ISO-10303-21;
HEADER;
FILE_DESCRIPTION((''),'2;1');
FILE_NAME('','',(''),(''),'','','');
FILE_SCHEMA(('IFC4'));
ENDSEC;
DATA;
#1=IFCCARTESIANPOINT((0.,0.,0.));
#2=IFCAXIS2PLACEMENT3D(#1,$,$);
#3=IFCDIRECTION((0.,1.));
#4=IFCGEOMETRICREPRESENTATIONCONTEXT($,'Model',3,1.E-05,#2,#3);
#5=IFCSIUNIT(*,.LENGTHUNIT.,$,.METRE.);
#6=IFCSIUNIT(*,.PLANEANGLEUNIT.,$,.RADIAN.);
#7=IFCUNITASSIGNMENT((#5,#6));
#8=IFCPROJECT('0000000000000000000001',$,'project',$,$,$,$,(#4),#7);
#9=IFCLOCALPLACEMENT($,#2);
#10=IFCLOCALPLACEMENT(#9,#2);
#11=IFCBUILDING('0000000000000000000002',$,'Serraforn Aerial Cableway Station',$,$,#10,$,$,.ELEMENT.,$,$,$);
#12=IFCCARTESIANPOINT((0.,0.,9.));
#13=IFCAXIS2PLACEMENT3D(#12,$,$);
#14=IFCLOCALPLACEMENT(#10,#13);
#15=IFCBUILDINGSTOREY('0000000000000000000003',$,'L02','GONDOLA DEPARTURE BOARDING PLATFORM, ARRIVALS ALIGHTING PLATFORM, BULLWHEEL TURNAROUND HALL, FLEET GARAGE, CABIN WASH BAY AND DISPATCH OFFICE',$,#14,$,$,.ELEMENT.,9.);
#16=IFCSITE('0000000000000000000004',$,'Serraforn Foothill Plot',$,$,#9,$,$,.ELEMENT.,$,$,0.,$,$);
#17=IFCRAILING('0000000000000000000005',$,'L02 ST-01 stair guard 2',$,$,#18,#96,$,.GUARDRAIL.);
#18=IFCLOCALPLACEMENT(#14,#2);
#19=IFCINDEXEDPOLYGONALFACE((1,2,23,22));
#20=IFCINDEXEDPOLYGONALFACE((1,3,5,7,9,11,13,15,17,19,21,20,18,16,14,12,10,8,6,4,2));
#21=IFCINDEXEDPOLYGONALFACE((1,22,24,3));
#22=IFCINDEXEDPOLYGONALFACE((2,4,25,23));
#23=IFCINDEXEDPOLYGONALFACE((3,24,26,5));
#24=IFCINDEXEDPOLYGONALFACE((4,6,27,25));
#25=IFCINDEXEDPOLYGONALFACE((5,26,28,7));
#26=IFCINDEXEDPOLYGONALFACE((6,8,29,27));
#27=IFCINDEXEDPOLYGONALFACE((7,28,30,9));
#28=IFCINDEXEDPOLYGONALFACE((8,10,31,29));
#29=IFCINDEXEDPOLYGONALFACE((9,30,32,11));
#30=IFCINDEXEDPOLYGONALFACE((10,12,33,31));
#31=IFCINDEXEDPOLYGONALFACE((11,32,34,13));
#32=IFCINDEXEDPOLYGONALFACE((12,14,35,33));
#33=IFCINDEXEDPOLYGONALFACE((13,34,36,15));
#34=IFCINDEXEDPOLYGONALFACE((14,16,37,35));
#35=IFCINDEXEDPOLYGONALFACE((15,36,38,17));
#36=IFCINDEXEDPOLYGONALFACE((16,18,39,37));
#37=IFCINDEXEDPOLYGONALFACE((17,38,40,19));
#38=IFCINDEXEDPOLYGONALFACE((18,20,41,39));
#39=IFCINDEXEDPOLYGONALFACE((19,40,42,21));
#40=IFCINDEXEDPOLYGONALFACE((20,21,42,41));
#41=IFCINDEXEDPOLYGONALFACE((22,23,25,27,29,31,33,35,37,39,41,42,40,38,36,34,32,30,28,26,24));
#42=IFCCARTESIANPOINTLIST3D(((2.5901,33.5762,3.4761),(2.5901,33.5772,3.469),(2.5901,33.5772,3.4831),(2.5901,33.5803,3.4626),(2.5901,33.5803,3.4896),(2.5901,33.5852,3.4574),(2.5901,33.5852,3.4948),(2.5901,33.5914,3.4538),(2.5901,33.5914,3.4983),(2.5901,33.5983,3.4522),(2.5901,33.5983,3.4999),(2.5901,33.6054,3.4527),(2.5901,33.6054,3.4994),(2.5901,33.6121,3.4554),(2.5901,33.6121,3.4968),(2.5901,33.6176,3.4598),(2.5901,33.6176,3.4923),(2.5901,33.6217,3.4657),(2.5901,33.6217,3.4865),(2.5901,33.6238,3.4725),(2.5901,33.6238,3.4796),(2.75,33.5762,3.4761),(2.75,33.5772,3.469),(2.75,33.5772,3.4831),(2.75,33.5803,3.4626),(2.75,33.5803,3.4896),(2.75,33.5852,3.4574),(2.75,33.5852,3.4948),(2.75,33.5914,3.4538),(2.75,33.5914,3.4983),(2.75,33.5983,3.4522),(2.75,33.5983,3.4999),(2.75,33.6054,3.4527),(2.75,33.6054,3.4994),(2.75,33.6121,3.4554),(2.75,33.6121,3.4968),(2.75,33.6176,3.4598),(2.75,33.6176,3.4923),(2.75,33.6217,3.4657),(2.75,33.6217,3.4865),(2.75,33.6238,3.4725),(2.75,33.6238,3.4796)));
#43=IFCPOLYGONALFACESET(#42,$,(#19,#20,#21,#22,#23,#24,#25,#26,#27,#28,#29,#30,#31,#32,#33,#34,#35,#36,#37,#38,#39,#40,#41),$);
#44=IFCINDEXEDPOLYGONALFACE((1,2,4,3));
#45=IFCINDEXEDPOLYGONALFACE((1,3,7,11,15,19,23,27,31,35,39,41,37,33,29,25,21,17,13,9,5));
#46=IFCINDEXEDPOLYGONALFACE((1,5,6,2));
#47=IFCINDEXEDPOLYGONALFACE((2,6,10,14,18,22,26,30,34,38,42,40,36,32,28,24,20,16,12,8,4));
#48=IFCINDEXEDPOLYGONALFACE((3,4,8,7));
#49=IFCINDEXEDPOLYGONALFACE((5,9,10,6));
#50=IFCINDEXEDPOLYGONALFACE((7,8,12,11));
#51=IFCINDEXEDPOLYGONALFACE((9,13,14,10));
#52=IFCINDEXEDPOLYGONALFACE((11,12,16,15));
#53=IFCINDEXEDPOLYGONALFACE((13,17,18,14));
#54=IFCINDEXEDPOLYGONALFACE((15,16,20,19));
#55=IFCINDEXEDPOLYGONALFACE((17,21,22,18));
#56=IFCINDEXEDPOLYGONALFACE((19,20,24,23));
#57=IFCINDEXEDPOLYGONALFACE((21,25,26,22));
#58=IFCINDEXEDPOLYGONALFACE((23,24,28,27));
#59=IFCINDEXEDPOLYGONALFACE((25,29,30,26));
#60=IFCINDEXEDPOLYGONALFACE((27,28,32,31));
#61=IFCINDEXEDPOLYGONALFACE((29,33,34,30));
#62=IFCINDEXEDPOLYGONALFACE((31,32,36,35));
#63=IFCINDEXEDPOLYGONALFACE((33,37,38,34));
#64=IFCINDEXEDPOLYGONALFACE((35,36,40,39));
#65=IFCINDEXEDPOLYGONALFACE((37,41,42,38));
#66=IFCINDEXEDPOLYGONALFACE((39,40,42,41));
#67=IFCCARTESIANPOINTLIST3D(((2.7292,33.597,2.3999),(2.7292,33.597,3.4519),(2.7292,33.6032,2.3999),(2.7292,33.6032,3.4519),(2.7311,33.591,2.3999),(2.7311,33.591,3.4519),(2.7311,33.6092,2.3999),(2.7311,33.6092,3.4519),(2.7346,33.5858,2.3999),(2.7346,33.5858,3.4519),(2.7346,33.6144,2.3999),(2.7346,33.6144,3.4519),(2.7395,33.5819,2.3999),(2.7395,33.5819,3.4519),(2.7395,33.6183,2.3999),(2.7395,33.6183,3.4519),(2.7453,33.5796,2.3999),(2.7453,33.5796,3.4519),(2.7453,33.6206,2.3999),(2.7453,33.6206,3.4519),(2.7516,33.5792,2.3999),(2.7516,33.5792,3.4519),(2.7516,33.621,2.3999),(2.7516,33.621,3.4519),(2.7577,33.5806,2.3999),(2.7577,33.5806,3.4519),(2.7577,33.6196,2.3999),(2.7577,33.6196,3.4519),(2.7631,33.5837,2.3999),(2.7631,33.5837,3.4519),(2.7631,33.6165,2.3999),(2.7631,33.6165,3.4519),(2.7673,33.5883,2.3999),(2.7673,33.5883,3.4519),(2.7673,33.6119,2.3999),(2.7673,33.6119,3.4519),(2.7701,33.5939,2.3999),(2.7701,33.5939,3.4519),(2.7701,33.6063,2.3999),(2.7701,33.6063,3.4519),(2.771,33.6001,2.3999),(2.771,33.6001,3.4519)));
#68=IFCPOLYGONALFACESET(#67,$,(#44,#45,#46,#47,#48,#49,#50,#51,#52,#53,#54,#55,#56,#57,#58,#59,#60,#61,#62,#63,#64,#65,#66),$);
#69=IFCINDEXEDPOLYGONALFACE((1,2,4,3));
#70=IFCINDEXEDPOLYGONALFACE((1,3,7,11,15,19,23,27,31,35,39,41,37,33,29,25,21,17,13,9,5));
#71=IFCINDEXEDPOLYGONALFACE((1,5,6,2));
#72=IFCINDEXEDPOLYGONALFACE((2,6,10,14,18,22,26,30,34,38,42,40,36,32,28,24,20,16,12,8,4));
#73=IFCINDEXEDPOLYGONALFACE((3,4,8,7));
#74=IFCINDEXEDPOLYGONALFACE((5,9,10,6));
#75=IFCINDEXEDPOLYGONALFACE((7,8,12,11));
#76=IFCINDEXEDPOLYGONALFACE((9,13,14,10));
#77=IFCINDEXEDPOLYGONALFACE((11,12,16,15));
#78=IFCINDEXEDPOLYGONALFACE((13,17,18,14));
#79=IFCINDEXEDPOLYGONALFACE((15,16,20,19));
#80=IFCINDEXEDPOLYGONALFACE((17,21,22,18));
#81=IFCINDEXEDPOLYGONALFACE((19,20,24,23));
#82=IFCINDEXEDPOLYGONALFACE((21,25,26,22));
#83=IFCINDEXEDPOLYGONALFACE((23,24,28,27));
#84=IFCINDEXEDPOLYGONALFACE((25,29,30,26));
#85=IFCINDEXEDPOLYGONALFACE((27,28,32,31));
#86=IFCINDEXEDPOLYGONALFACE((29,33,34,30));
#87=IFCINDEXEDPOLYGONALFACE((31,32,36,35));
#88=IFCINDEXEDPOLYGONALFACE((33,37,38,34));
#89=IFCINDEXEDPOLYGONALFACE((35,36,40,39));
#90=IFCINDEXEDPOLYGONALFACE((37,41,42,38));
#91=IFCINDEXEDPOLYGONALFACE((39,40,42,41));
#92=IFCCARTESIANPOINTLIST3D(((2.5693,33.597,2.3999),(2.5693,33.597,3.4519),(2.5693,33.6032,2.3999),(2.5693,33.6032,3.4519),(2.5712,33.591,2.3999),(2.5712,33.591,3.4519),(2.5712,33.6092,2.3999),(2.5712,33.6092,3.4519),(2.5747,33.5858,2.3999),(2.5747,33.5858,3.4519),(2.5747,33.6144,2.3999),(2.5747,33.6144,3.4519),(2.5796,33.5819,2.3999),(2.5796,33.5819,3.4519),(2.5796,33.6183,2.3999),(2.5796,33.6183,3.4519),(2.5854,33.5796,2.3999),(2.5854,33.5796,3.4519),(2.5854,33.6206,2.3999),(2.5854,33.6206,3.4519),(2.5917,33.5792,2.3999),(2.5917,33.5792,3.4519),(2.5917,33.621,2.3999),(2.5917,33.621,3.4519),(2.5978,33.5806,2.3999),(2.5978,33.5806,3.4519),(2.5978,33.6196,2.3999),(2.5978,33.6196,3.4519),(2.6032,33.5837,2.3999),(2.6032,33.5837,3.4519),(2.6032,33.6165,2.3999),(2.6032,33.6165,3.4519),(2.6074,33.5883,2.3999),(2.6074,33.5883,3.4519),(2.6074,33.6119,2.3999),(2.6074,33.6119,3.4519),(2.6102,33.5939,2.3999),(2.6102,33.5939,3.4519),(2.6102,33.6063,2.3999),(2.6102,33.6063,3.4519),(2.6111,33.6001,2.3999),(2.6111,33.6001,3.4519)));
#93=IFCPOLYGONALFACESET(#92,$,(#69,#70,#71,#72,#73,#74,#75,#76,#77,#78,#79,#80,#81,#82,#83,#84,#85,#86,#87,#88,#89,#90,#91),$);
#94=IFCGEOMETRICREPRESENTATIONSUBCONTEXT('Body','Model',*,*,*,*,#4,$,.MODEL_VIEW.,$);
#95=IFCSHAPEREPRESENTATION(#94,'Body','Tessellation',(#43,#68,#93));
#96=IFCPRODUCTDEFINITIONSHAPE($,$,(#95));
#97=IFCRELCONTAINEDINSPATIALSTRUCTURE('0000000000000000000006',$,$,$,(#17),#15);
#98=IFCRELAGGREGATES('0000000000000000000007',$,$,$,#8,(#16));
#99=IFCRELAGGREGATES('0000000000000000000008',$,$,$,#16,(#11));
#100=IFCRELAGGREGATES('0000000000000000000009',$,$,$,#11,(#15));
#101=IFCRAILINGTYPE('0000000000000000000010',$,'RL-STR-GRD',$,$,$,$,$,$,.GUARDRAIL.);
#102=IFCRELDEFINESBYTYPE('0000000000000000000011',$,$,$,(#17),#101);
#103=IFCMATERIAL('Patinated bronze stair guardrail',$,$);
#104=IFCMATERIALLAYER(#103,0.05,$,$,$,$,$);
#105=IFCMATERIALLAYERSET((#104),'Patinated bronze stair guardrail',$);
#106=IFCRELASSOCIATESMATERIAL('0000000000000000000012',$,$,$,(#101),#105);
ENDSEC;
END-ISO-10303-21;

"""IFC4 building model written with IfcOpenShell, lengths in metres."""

from ifc_helpers import new_model, si_unit, direction, frame, origin, origin_2d, place, context, subcontext, project, spatial, circle, extrude, material, layer, layer_set, type_object, element, save


model = new_model("IFC4")

# Units and contexts
model_context = context("Model", 3, precision=1e-05, world=origin(), true_north=direction((0.0, 1.0)))
body_context = subcontext(model_context, "Body", "Model", "MODEL_VIEW")
ifc_project = project(units=[si_unit("LENGTHUNIT", "METRE"), si_unit("PLANEANGLEUNIT", "RADIAN")], contexts=[model_context])

# Site, building, storey
site_placement = place(None, origin())
site = spatial("IfcSite", under=ifc_project, at=site_placement, Name="Serraforn Foothill Plot", CompositionType="ELEMENT", RefElevation=0.0)
building_placement = place(site_placement, origin())
building = spatial("IfcBuilding", under=site, at=building_placement, Name="Serraforn Aerial Cableway Station", CompositionType="ELEMENT")
storey_placement = place(building_placement, frame((0.0, 0.0, 9.0)))
storey = spatial("IfcBuildingStorey", under=building, at=storey_placement, Name="L02", Description="GONDOLA DEPARTURE BOARDING PLATFORM, ARRIVALS ALIGHTING PLATFORM, BULLWHEEL TURNAROUND HALL, FLEET GARAGE, CABIN WASH BAY AND DISPATCH OFFICE", CompositionType="ELEMENT", Elevation=9.0)

# Railing
ifc_material_1 = material(Name="Patinated bronze stair guardrail")
ifc_layer_1 = layer(ifc_material_1, 0.05)
ifc_layer_set_1 = layer_set([ifc_layer_1], Name="Patinated bronze stair guardrail")
railing_type_1 = type_object("IfcRailingType", Name="RL-STR-GRD", PredefinedType="GUARDRAIL", material=ifc_layer_set_1)
railing_1_placement = place(storey_placement, frame((2.75, 33.6001, 2.3999)))
element("IfcRailing", 1, at=railing_1_placement, inside=storey, type_object=railing_type_1, Name="L02 ST-01 stair guard 2", PredefinedType="GUARDRAIL", context=body_context, shape_type="SweptSolid", body=[
    extrude(circle(Radius=0.0239, at=origin_2d()), frame((0.0, 0.0, 1.0762), z_axis=(-1.0, 0.0, 0.0), x_axis=(0.0, -1.0, 0.0)), (0.0, 0.0, 1.0), 0.1599),
    extrude(circle(Radius=0.021, at=origin_2d()), origin(), (0.0, 0.0, 1.0), 1.052),
    extrude(circle(Radius=0.021, at=origin_2d()), frame((-0.1599, 0.0, 0.0)), (0.0, 0.0, 1.0), 1.052),
])

save(model, "model.ifc")
